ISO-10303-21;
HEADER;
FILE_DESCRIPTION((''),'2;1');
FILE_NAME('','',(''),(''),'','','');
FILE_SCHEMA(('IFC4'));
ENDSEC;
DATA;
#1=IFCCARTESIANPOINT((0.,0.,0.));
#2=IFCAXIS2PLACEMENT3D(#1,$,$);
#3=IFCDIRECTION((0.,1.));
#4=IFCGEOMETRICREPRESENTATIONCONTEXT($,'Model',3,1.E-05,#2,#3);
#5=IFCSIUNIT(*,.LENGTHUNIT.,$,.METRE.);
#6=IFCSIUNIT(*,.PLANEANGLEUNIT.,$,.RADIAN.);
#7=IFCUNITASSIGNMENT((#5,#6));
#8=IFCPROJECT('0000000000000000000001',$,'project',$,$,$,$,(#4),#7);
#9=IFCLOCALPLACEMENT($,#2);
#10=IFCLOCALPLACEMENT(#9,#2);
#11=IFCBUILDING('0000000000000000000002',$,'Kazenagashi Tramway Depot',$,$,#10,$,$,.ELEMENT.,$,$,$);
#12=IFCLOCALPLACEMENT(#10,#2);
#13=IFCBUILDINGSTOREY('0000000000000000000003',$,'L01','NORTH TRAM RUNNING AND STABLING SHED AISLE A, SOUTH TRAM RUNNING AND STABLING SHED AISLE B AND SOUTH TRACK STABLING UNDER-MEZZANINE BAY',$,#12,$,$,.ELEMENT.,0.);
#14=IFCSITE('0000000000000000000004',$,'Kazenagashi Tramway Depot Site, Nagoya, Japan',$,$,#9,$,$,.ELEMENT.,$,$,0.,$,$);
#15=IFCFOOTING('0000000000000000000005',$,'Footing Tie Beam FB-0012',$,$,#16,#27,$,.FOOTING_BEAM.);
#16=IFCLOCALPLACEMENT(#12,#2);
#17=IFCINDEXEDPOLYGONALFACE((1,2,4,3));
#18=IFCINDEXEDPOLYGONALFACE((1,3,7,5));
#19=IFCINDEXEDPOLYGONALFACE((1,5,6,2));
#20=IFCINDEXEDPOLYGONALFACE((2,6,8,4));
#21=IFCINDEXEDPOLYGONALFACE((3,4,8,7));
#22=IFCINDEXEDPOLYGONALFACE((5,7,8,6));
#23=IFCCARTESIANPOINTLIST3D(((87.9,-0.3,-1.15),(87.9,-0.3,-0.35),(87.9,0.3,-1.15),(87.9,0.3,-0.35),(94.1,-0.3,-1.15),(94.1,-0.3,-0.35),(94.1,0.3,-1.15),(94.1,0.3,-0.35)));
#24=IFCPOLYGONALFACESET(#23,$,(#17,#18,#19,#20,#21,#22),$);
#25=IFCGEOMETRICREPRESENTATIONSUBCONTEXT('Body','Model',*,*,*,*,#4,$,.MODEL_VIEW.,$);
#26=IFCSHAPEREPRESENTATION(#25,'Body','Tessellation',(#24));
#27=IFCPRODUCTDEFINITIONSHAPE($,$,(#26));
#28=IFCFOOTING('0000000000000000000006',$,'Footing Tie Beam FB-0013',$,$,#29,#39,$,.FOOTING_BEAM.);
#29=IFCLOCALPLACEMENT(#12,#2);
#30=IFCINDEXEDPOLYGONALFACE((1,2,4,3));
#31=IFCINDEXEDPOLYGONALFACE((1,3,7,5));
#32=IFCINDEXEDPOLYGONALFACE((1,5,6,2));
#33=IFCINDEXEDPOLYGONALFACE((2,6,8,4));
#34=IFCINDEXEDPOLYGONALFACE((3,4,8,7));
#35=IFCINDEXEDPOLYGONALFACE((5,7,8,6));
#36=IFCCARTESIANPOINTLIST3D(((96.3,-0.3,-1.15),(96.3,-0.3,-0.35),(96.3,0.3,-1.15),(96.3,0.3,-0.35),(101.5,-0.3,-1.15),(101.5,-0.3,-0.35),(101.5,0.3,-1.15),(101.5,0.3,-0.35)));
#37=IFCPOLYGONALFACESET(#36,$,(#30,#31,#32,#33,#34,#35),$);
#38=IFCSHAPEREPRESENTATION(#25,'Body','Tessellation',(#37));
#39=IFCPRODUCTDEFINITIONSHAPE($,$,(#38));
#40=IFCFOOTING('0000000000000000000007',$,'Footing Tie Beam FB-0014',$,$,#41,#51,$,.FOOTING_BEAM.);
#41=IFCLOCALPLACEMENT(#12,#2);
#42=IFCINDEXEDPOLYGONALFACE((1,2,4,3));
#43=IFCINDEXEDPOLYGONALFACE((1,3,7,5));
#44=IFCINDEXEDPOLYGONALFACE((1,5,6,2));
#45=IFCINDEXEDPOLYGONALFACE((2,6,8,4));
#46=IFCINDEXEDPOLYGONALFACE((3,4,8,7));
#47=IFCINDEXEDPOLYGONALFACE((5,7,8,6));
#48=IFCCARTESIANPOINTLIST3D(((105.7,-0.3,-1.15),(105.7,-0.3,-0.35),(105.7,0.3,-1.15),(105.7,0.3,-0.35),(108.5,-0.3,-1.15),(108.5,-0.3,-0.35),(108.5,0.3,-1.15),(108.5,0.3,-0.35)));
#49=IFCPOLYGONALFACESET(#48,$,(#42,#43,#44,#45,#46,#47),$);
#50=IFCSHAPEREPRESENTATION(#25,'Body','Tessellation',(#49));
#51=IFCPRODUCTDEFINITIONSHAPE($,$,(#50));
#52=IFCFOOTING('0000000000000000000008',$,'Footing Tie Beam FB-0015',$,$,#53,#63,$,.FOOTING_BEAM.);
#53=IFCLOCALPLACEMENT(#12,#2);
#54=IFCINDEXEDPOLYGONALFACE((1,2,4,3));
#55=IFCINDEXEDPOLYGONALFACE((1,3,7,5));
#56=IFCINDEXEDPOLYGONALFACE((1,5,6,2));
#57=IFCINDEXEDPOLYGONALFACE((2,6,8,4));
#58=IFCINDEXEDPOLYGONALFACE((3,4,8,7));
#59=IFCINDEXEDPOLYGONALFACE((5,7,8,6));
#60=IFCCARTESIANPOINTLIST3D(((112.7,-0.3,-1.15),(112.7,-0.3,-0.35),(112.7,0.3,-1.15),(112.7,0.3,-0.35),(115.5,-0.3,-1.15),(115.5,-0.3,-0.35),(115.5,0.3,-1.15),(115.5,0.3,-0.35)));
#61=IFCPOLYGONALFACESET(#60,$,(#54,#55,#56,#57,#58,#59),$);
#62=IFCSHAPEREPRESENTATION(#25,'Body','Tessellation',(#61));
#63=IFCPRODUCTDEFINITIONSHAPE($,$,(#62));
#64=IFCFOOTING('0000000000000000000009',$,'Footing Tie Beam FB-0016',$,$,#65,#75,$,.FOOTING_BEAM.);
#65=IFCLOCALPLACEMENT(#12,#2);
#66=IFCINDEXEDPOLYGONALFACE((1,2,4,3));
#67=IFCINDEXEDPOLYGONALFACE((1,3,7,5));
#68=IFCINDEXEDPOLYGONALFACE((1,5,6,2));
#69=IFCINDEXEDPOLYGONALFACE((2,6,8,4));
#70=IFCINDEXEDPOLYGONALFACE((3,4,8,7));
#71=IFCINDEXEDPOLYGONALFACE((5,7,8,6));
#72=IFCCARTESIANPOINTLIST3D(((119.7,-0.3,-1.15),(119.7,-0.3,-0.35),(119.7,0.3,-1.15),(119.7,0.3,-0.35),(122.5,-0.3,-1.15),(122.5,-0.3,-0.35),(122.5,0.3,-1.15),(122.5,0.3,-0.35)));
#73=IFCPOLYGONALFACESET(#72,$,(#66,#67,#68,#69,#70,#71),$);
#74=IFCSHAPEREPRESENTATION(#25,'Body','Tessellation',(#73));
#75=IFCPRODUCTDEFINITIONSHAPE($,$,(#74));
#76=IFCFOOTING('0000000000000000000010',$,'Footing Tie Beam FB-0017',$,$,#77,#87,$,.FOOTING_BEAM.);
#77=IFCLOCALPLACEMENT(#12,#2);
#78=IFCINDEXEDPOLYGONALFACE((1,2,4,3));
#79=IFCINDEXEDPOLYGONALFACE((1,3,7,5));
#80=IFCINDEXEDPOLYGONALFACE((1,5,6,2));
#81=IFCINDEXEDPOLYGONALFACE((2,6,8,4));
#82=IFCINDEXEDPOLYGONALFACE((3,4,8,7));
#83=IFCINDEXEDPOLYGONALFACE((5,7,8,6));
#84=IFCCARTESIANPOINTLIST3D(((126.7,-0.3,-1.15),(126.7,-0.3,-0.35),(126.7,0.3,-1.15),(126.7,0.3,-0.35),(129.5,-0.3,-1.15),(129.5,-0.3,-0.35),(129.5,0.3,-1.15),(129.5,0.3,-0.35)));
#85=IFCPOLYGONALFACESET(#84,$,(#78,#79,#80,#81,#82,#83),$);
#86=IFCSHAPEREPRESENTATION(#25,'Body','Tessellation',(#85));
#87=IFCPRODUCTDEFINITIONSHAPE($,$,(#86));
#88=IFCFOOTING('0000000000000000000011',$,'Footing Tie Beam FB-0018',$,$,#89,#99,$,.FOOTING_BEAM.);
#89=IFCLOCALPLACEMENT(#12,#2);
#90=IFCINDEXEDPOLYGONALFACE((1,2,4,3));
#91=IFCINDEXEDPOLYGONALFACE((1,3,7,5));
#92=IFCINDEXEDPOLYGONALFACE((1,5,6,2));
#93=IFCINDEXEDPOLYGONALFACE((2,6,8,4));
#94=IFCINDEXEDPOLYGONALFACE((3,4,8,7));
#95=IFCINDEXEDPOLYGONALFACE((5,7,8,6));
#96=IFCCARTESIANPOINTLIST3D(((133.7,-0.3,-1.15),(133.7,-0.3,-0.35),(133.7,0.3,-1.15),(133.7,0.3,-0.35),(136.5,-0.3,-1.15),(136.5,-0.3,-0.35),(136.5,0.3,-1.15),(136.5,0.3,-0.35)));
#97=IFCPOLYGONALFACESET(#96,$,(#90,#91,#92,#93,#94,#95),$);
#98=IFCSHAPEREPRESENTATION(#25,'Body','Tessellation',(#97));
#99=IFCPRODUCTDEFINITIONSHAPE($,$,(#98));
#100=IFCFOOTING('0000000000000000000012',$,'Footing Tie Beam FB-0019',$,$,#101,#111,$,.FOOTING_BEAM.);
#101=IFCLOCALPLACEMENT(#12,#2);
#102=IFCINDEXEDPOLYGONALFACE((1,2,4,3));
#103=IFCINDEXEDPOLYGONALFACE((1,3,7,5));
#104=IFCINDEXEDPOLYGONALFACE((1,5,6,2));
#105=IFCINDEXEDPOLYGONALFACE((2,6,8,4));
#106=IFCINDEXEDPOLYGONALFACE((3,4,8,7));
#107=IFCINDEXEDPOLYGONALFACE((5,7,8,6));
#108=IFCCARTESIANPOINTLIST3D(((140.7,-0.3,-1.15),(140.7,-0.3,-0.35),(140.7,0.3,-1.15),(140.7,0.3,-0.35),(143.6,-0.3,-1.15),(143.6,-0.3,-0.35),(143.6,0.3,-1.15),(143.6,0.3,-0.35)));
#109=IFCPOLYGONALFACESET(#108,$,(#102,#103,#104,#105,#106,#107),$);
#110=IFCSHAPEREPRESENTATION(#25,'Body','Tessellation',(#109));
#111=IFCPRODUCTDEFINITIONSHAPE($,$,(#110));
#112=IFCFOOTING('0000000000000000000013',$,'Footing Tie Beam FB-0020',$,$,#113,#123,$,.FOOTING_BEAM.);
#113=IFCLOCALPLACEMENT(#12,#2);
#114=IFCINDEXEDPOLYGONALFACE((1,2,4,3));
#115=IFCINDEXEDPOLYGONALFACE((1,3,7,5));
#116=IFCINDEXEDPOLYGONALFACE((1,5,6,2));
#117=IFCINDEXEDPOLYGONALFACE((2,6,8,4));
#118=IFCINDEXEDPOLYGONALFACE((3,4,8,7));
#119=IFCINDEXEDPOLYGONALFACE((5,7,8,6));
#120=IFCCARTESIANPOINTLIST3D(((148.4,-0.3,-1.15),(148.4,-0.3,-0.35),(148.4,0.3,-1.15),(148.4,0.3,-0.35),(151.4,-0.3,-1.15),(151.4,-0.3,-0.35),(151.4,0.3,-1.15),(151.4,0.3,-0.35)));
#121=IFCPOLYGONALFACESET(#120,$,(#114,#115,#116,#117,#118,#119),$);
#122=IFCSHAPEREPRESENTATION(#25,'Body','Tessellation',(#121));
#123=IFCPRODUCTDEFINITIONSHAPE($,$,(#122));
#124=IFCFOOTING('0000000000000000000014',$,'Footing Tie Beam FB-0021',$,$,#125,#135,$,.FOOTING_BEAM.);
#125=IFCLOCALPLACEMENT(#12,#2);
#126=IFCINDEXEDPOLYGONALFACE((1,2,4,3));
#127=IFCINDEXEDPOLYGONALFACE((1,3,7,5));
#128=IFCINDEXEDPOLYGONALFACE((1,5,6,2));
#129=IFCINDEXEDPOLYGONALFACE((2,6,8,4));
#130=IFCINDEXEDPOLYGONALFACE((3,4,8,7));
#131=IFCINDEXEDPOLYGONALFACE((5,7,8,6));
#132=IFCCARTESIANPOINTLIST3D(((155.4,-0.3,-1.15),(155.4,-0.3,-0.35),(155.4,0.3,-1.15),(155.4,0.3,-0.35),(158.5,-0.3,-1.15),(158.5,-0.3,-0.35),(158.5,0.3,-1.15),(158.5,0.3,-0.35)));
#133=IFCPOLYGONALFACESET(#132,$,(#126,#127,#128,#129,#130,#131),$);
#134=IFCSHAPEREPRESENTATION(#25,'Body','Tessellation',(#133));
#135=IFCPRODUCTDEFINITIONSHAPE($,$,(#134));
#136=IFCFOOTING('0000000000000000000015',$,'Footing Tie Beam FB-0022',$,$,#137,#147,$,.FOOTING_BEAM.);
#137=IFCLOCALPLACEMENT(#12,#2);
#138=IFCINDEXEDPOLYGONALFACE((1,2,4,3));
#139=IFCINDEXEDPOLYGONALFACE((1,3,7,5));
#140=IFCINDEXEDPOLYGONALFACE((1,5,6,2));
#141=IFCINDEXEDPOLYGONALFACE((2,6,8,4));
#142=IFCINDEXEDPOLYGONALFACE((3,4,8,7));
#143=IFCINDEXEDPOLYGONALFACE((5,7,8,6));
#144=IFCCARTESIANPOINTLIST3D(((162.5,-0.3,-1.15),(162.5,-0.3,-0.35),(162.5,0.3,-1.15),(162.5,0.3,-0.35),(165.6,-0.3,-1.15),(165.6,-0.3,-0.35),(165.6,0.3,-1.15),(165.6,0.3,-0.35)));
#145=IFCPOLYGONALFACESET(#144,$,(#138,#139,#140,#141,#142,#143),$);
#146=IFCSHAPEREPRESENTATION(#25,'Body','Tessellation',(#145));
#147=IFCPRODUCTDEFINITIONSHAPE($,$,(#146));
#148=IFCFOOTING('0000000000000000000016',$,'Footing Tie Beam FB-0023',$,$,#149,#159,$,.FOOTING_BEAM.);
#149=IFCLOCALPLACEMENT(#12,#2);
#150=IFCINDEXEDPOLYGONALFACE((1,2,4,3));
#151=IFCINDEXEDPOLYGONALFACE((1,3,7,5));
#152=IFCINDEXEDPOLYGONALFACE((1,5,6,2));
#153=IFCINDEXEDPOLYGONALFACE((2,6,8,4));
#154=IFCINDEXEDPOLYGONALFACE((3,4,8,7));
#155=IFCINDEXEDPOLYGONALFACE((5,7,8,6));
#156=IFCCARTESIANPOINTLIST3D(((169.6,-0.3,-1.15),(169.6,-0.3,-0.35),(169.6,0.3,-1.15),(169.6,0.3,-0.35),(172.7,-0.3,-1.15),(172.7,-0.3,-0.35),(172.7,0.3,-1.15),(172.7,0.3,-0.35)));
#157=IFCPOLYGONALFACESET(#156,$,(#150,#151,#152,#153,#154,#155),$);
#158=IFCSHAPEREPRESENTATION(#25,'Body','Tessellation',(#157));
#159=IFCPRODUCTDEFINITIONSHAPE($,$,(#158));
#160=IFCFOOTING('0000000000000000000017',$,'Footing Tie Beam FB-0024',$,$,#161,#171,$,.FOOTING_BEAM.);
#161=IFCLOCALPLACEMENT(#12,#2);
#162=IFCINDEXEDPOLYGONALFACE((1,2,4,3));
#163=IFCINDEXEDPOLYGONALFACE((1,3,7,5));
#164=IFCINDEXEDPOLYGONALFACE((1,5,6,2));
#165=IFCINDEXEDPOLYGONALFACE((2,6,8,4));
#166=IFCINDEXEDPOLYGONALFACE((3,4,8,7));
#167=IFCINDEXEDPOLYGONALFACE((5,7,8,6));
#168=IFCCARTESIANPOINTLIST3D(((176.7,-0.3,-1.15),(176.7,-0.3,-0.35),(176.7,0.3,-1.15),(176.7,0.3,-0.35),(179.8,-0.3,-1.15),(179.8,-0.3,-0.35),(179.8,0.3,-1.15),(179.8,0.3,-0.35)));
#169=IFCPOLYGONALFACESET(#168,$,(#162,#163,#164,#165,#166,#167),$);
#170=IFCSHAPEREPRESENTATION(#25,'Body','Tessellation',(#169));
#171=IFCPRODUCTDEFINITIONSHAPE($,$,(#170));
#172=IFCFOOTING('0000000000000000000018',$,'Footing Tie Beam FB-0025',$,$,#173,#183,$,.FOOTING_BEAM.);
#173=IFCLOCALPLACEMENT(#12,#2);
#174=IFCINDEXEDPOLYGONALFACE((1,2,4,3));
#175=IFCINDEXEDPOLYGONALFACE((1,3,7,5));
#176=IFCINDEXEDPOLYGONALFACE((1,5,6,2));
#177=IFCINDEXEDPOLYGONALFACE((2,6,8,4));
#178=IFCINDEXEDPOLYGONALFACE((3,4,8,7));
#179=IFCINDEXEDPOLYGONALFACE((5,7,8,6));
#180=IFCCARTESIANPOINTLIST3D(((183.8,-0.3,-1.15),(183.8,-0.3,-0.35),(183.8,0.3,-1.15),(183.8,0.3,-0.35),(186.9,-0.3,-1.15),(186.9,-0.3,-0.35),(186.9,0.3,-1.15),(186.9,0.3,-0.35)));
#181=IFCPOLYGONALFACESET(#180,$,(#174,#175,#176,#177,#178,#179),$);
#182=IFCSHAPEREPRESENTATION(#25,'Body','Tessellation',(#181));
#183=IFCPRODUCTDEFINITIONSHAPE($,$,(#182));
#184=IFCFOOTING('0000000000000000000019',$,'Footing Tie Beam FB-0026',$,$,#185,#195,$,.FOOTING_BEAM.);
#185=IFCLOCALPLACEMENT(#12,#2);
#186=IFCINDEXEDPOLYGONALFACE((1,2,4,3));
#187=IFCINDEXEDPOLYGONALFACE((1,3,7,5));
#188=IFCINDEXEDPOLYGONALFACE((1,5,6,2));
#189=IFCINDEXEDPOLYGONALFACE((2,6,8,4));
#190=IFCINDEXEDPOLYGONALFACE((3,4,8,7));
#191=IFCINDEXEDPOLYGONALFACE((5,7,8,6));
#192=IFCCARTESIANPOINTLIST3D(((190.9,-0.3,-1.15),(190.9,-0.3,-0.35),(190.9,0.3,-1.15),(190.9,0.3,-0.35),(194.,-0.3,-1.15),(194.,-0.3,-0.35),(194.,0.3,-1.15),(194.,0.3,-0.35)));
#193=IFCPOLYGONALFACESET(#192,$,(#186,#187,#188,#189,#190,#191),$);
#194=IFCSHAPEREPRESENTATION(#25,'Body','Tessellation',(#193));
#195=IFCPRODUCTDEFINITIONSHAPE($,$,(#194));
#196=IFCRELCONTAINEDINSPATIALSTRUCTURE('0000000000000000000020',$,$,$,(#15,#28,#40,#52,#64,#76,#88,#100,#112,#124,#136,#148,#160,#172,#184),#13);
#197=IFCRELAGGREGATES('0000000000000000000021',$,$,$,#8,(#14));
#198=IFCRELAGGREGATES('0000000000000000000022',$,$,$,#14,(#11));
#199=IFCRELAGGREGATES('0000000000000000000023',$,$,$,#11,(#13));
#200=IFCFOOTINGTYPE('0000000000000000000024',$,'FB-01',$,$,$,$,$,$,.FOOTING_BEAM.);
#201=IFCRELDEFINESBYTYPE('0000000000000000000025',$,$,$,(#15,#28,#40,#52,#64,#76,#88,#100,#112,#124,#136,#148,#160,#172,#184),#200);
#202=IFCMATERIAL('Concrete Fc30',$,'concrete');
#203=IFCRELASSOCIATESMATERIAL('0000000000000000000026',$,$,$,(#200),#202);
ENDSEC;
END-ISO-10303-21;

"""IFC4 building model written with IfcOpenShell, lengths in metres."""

from ifc_helpers import new_model, si_unit, direction, frame, origin, place, context, subcontext, project, spatial, polyline, outline, extrude, material, type_object, element, save


model = new_model("IFC4")

# Units and contexts
model_context = context("Model", 3, precision=1e-05, world=origin(), true_north=direction((0.0, 1.0)))
body_context = subcontext(model_context, "Body", "Model", "MODEL_VIEW")
ifc_project = project(units=[si_unit("LENGTHUNIT", "METRE"), si_unit("PLANEANGLEUNIT", "RADIAN")], contexts=[model_context])

# Site, building, storey
site_placement = place(None, origin())
site = spatial("IfcSite", under=ifc_project, at=site_placement, Name="Kazenagashi Tramway Depot Site, Nagoya, Japan", CompositionType="ELEMENT", RefElevation=0.0)
building_placement = place(site_placement, origin())
building = spatial("IfcBuilding", under=site, at=building_placement, Name="Kazenagashi Tramway Depot", CompositionType="ELEMENT")
storey_placement = place(building_placement, origin())
storey = spatial("IfcBuildingStorey", under=building, at=storey_placement, Name="L01", Description="NORTH TRAM RUNNING AND STABLING SHED AISLE A, SOUTH TRAM RUNNING AND STABLING SHED AISLE B AND SOUTH TRACK STABLING UNDER-MEZZANINE BAY", CompositionType="ELEMENT", Elevation=0.0)

# Shared definitions
ifc_material_1 = material(Name="Concrete Fc30", Category="concrete")

# Footings
footing_type_1 = type_object("IfcFootingType", Name="FB-01", PredefinedType="FOOTING_BEAM", material=ifc_material_1)
footing_1_placement = place(storey_placement, frame((0.0, 0.0, -1.15)))
element("IfcFooting", 1, at=footing_1_placement, inside=storey, type_object=footing_type_1, Name="Footing Tie Beam FB-0012", PredefinedType="FOOTING_BEAM", context=body_context, shape_type="SweptSolid", body=[
    extrude(outline(polyline([(87.9, -0.3), (94.1, -0.3), (94.1, 0.3), (87.9, 0.3), (87.9, -0.3)])), origin(), (0.0, 0.0, 1.0), 0.8),
])
footing_2_placement = place(storey_placement, frame((0.0, 0.0, -1.15)))
element("IfcFooting", 2, at=footing_2_placement, inside=storey, type_object=footing_type_1, Name="Footing Tie Beam FB-0013", PredefinedType="FOOTING_BEAM", context=body_context, shape_type="SweptSolid", body=[
    extrude(outline(polyline([(96.3, -0.3), (101.5, -0.3), (101.5, 0.3), (96.3, 0.3), (96.3, -0.3)])), origin(), (0.0, 0.0, 1.0), 0.8),
])
footing_3_placement = place(storey_placement, frame((0.0, 0.0, -1.15)))
element("IfcFooting", 3, at=footing_3_placement, inside=storey, type_object=footing_type_1, Name="Footing Tie Beam FB-0014", PredefinedType="FOOTING_BEAM", context=body_context, shape_type="SweptSolid", body=[
    extrude(outline(polyline([(105.7, -0.3), (108.5, -0.3), (108.5, 0.3), (105.7, 0.3), (105.7, -0.3)])), origin(), (0.0, 0.0, 1.0), 0.8),
])
footing_4_placement = place(storey_placement, frame((0.0, 0.0, -1.15)))
element("IfcFooting", 4, at=footing_4_placement, inside=storey, type_object=footing_type_1, Name="Footing Tie Beam FB-0015", PredefinedType="FOOTING_BEAM", context=body_context, shape_type="SweptSolid", body=[
    extrude(outline(polyline([(112.7, -0.3), (115.5, -0.3), (115.5, 0.3), (112.7, 0.3), (112.7, -0.3)])), origin(), (0.0, 0.0, 1.0), 0.8),
])
footing_5_placement = place(storey_placement, frame((0.0, 0.0, -1.15)))
element("IfcFooting", 5, at=footing_5_placement, inside=storey, type_object=footing_type_1, Name="Footing Tie Beam FB-0016", PredefinedType="FOOTING_BEAM", context=body_context, shape_type="SweptSolid", body=[
    extrude(outline(polyline([(119.7, -0.3), (122.5, -0.3), (122.5, 0.3), (119.7, 0.3), (119.7, -0.3)])), origin(), (0.0, 0.0, 1.0), 0.8),
])
footing_6_placement = place(storey_placement, frame((0.0, 0.0, -1.15)))
element("IfcFooting", 6, at=footing_6_placement, inside=storey, type_object=footing_type_1, Name="Footing Tie Beam FB-0017", PredefinedType="FOOTING_BEAM", context=body_context, shape_type="SweptSolid", body=[
    extrude(outline(polyline([(126.7, -0.3), (129.5, -0.3), (129.5, 0.3), (126.7, 0.3), (126.7, -0.3)])), origin(), (0.0, 0.0, 1.0), 0.8),
])
footing_7_placement = place(storey_placement, frame((0.0, 0.0, -1.15)))
element("IfcFooting", 7, at=footing_7_placement, inside=storey, type_object=footing_type_1, Name="Footing Tie Beam FB-0018", PredefinedType="FOOTING_BEAM", context=body_context, shape_type="SweptSolid", body=[
    extrude(outline(polyline([(133.7, -0.3), (136.5, -0.3), (136.5, 0.3), (133.7, 0.3), (133.7, -0.3)])), origin(), (0.0, 0.0, 1.0), 0.8),
])
footing_8_placement = place(storey_placement, frame((0.0, 0.0, -1.15)))
element("IfcFooting", 8, at=footing_8_placement, inside=storey, type_object=footing_type_1, Name="Footing Tie Beam FB-0019", PredefinedType="FOOTING_BEAM", context=body_context, shape_type="SweptSolid", body=[
    extrude(outline(polyline([(140.7, -0.3), (143.6, -0.3), (143.6, 0.3), (140.7, 0.3), (140.7, -0.3)])), origin(), (0.0, 0.0, 1.0), 0.8),
])
footing_9_placement = place(storey_placement, frame((0.0, 0.0, -1.15)))
element("IfcFooting", 9, at=footing_9_placement, inside=storey, type_object=footing_type_1, Name="Footing Tie Beam FB-0020", PredefinedType="FOOTING_BEAM", context=body_context, shape_type="SweptSolid", body=[
    extrude(outline(polyline([(148.4, -0.3), (151.4, -0.3), (151.4, 0.3), (148.4, 0.3), (148.4, -0.3)])), origin(), (0.0, 0.0, 1.0), 0.8),
])
footing_10_placement = place(storey_placement, frame((0.0, 0.0, -1.15)))
element("IfcFooting", 10, at=footing_10_placement, inside=storey, type_object=footing_type_1, Name="Footing Tie Beam FB-0021", PredefinedType="FOOTING_BEAM", context=body_context, shape_type="SweptSolid", body=[
    extrude(outline(polyline([(155.4, -0.3), (158.5, -0.3), (158.5, 0.3), (155.4, 0.3), (155.4, -0.3)])), origin(), (0.0, 0.0, 1.0), 0.8),
])
footing_11_placement = place(storey_placement, frame((0.0, 0.0, -1.15)))
element("IfcFooting", 11, at=footing_11_placement, inside=storey, type_object=footing_type_1, Name="Footing Tie Beam FB-0022", PredefinedType="FOOTING_BEAM", context=body_context, shape_type="SweptSolid", body=[
    extrude(outline(polyline([(162.5, -0.3), (165.6, -0.3), (165.6, 0.3), (162.5, 0.3), (162.5, -0.3)])), origin(), (0.0, 0.0, 1.0), 0.8),
])
footing_12_placement = place(storey_placement, frame((0.0, 0.0, -1.15)))
element("IfcFooting", 12, at=footing_12_placement, inside=storey, type_object=footing_type_1, Name="Footing Tie Beam FB-0023", PredefinedType="FOOTING_BEAM", context=body_context, shape_type="SweptSolid", body=[
    extrude(outline(polyline([(169.6, -0.3), (172.7, -0.3), (172.7, 0.3), (169.6, 0.3), (169.6, -0.3)])), origin(), (0.0, 0.0, 1.0), 0.8),
])
footing_13_placement = place(storey_placement, frame((0.0, 0.0, -1.15)))
element("IfcFooting", 13, at=footing_13_placement, inside=storey, type_object=footing_type_1, Name="Footing Tie Beam FB-0024", PredefinedType="FOOTING_BEAM", context=body_context, shape_type="SweptSolid", body=[
    extrude(outline(polyline([(176.7, -0.3), (179.8, -0.3), (179.8, 0.3), (176.7, 0.3), (176.7, -0.3)])), origin(), (0.0, 0.0, 1.0), 0.8),
])
footing_14_placement = place(storey_placement, frame((0.0, 0.0, -1.15)))
element("IfcFooting", 14, at=footing_14_placement, inside=storey, type_object=footing_type_1, Name="Footing Tie Beam FB-0025", PredefinedType="FOOTING_BEAM", context=body_context, shape_type="SweptSolid", body=[
    extrude(outline(polyline([(183.8, -0.3), (186.9, -0.3), (186.9, 0.3), (183.8, 0.3), (183.8, -0.3)])), origin(), (0.0, 0.0, 1.0), 0.8),
])
footing_15_placement = place(storey_placement, frame((0.0, 0.0, -1.15)))
element("IfcFooting", 15, at=footing_15_placement, inside=storey, type_object=footing_type_1, Name="Footing Tie Beam FB-0026", PredefinedType="FOOTING_BEAM", context=body_context, shape_type="SweptSolid", body=[
    extrude(outline(polyline([(190.9, -0.3), (194.0, -0.3), (194.0, 0.3), (190.9, 0.3), (190.9, -0.3)])), origin(), (0.0, 0.0, 1.0), 0.8),
])

save(model, "model.ifc")
